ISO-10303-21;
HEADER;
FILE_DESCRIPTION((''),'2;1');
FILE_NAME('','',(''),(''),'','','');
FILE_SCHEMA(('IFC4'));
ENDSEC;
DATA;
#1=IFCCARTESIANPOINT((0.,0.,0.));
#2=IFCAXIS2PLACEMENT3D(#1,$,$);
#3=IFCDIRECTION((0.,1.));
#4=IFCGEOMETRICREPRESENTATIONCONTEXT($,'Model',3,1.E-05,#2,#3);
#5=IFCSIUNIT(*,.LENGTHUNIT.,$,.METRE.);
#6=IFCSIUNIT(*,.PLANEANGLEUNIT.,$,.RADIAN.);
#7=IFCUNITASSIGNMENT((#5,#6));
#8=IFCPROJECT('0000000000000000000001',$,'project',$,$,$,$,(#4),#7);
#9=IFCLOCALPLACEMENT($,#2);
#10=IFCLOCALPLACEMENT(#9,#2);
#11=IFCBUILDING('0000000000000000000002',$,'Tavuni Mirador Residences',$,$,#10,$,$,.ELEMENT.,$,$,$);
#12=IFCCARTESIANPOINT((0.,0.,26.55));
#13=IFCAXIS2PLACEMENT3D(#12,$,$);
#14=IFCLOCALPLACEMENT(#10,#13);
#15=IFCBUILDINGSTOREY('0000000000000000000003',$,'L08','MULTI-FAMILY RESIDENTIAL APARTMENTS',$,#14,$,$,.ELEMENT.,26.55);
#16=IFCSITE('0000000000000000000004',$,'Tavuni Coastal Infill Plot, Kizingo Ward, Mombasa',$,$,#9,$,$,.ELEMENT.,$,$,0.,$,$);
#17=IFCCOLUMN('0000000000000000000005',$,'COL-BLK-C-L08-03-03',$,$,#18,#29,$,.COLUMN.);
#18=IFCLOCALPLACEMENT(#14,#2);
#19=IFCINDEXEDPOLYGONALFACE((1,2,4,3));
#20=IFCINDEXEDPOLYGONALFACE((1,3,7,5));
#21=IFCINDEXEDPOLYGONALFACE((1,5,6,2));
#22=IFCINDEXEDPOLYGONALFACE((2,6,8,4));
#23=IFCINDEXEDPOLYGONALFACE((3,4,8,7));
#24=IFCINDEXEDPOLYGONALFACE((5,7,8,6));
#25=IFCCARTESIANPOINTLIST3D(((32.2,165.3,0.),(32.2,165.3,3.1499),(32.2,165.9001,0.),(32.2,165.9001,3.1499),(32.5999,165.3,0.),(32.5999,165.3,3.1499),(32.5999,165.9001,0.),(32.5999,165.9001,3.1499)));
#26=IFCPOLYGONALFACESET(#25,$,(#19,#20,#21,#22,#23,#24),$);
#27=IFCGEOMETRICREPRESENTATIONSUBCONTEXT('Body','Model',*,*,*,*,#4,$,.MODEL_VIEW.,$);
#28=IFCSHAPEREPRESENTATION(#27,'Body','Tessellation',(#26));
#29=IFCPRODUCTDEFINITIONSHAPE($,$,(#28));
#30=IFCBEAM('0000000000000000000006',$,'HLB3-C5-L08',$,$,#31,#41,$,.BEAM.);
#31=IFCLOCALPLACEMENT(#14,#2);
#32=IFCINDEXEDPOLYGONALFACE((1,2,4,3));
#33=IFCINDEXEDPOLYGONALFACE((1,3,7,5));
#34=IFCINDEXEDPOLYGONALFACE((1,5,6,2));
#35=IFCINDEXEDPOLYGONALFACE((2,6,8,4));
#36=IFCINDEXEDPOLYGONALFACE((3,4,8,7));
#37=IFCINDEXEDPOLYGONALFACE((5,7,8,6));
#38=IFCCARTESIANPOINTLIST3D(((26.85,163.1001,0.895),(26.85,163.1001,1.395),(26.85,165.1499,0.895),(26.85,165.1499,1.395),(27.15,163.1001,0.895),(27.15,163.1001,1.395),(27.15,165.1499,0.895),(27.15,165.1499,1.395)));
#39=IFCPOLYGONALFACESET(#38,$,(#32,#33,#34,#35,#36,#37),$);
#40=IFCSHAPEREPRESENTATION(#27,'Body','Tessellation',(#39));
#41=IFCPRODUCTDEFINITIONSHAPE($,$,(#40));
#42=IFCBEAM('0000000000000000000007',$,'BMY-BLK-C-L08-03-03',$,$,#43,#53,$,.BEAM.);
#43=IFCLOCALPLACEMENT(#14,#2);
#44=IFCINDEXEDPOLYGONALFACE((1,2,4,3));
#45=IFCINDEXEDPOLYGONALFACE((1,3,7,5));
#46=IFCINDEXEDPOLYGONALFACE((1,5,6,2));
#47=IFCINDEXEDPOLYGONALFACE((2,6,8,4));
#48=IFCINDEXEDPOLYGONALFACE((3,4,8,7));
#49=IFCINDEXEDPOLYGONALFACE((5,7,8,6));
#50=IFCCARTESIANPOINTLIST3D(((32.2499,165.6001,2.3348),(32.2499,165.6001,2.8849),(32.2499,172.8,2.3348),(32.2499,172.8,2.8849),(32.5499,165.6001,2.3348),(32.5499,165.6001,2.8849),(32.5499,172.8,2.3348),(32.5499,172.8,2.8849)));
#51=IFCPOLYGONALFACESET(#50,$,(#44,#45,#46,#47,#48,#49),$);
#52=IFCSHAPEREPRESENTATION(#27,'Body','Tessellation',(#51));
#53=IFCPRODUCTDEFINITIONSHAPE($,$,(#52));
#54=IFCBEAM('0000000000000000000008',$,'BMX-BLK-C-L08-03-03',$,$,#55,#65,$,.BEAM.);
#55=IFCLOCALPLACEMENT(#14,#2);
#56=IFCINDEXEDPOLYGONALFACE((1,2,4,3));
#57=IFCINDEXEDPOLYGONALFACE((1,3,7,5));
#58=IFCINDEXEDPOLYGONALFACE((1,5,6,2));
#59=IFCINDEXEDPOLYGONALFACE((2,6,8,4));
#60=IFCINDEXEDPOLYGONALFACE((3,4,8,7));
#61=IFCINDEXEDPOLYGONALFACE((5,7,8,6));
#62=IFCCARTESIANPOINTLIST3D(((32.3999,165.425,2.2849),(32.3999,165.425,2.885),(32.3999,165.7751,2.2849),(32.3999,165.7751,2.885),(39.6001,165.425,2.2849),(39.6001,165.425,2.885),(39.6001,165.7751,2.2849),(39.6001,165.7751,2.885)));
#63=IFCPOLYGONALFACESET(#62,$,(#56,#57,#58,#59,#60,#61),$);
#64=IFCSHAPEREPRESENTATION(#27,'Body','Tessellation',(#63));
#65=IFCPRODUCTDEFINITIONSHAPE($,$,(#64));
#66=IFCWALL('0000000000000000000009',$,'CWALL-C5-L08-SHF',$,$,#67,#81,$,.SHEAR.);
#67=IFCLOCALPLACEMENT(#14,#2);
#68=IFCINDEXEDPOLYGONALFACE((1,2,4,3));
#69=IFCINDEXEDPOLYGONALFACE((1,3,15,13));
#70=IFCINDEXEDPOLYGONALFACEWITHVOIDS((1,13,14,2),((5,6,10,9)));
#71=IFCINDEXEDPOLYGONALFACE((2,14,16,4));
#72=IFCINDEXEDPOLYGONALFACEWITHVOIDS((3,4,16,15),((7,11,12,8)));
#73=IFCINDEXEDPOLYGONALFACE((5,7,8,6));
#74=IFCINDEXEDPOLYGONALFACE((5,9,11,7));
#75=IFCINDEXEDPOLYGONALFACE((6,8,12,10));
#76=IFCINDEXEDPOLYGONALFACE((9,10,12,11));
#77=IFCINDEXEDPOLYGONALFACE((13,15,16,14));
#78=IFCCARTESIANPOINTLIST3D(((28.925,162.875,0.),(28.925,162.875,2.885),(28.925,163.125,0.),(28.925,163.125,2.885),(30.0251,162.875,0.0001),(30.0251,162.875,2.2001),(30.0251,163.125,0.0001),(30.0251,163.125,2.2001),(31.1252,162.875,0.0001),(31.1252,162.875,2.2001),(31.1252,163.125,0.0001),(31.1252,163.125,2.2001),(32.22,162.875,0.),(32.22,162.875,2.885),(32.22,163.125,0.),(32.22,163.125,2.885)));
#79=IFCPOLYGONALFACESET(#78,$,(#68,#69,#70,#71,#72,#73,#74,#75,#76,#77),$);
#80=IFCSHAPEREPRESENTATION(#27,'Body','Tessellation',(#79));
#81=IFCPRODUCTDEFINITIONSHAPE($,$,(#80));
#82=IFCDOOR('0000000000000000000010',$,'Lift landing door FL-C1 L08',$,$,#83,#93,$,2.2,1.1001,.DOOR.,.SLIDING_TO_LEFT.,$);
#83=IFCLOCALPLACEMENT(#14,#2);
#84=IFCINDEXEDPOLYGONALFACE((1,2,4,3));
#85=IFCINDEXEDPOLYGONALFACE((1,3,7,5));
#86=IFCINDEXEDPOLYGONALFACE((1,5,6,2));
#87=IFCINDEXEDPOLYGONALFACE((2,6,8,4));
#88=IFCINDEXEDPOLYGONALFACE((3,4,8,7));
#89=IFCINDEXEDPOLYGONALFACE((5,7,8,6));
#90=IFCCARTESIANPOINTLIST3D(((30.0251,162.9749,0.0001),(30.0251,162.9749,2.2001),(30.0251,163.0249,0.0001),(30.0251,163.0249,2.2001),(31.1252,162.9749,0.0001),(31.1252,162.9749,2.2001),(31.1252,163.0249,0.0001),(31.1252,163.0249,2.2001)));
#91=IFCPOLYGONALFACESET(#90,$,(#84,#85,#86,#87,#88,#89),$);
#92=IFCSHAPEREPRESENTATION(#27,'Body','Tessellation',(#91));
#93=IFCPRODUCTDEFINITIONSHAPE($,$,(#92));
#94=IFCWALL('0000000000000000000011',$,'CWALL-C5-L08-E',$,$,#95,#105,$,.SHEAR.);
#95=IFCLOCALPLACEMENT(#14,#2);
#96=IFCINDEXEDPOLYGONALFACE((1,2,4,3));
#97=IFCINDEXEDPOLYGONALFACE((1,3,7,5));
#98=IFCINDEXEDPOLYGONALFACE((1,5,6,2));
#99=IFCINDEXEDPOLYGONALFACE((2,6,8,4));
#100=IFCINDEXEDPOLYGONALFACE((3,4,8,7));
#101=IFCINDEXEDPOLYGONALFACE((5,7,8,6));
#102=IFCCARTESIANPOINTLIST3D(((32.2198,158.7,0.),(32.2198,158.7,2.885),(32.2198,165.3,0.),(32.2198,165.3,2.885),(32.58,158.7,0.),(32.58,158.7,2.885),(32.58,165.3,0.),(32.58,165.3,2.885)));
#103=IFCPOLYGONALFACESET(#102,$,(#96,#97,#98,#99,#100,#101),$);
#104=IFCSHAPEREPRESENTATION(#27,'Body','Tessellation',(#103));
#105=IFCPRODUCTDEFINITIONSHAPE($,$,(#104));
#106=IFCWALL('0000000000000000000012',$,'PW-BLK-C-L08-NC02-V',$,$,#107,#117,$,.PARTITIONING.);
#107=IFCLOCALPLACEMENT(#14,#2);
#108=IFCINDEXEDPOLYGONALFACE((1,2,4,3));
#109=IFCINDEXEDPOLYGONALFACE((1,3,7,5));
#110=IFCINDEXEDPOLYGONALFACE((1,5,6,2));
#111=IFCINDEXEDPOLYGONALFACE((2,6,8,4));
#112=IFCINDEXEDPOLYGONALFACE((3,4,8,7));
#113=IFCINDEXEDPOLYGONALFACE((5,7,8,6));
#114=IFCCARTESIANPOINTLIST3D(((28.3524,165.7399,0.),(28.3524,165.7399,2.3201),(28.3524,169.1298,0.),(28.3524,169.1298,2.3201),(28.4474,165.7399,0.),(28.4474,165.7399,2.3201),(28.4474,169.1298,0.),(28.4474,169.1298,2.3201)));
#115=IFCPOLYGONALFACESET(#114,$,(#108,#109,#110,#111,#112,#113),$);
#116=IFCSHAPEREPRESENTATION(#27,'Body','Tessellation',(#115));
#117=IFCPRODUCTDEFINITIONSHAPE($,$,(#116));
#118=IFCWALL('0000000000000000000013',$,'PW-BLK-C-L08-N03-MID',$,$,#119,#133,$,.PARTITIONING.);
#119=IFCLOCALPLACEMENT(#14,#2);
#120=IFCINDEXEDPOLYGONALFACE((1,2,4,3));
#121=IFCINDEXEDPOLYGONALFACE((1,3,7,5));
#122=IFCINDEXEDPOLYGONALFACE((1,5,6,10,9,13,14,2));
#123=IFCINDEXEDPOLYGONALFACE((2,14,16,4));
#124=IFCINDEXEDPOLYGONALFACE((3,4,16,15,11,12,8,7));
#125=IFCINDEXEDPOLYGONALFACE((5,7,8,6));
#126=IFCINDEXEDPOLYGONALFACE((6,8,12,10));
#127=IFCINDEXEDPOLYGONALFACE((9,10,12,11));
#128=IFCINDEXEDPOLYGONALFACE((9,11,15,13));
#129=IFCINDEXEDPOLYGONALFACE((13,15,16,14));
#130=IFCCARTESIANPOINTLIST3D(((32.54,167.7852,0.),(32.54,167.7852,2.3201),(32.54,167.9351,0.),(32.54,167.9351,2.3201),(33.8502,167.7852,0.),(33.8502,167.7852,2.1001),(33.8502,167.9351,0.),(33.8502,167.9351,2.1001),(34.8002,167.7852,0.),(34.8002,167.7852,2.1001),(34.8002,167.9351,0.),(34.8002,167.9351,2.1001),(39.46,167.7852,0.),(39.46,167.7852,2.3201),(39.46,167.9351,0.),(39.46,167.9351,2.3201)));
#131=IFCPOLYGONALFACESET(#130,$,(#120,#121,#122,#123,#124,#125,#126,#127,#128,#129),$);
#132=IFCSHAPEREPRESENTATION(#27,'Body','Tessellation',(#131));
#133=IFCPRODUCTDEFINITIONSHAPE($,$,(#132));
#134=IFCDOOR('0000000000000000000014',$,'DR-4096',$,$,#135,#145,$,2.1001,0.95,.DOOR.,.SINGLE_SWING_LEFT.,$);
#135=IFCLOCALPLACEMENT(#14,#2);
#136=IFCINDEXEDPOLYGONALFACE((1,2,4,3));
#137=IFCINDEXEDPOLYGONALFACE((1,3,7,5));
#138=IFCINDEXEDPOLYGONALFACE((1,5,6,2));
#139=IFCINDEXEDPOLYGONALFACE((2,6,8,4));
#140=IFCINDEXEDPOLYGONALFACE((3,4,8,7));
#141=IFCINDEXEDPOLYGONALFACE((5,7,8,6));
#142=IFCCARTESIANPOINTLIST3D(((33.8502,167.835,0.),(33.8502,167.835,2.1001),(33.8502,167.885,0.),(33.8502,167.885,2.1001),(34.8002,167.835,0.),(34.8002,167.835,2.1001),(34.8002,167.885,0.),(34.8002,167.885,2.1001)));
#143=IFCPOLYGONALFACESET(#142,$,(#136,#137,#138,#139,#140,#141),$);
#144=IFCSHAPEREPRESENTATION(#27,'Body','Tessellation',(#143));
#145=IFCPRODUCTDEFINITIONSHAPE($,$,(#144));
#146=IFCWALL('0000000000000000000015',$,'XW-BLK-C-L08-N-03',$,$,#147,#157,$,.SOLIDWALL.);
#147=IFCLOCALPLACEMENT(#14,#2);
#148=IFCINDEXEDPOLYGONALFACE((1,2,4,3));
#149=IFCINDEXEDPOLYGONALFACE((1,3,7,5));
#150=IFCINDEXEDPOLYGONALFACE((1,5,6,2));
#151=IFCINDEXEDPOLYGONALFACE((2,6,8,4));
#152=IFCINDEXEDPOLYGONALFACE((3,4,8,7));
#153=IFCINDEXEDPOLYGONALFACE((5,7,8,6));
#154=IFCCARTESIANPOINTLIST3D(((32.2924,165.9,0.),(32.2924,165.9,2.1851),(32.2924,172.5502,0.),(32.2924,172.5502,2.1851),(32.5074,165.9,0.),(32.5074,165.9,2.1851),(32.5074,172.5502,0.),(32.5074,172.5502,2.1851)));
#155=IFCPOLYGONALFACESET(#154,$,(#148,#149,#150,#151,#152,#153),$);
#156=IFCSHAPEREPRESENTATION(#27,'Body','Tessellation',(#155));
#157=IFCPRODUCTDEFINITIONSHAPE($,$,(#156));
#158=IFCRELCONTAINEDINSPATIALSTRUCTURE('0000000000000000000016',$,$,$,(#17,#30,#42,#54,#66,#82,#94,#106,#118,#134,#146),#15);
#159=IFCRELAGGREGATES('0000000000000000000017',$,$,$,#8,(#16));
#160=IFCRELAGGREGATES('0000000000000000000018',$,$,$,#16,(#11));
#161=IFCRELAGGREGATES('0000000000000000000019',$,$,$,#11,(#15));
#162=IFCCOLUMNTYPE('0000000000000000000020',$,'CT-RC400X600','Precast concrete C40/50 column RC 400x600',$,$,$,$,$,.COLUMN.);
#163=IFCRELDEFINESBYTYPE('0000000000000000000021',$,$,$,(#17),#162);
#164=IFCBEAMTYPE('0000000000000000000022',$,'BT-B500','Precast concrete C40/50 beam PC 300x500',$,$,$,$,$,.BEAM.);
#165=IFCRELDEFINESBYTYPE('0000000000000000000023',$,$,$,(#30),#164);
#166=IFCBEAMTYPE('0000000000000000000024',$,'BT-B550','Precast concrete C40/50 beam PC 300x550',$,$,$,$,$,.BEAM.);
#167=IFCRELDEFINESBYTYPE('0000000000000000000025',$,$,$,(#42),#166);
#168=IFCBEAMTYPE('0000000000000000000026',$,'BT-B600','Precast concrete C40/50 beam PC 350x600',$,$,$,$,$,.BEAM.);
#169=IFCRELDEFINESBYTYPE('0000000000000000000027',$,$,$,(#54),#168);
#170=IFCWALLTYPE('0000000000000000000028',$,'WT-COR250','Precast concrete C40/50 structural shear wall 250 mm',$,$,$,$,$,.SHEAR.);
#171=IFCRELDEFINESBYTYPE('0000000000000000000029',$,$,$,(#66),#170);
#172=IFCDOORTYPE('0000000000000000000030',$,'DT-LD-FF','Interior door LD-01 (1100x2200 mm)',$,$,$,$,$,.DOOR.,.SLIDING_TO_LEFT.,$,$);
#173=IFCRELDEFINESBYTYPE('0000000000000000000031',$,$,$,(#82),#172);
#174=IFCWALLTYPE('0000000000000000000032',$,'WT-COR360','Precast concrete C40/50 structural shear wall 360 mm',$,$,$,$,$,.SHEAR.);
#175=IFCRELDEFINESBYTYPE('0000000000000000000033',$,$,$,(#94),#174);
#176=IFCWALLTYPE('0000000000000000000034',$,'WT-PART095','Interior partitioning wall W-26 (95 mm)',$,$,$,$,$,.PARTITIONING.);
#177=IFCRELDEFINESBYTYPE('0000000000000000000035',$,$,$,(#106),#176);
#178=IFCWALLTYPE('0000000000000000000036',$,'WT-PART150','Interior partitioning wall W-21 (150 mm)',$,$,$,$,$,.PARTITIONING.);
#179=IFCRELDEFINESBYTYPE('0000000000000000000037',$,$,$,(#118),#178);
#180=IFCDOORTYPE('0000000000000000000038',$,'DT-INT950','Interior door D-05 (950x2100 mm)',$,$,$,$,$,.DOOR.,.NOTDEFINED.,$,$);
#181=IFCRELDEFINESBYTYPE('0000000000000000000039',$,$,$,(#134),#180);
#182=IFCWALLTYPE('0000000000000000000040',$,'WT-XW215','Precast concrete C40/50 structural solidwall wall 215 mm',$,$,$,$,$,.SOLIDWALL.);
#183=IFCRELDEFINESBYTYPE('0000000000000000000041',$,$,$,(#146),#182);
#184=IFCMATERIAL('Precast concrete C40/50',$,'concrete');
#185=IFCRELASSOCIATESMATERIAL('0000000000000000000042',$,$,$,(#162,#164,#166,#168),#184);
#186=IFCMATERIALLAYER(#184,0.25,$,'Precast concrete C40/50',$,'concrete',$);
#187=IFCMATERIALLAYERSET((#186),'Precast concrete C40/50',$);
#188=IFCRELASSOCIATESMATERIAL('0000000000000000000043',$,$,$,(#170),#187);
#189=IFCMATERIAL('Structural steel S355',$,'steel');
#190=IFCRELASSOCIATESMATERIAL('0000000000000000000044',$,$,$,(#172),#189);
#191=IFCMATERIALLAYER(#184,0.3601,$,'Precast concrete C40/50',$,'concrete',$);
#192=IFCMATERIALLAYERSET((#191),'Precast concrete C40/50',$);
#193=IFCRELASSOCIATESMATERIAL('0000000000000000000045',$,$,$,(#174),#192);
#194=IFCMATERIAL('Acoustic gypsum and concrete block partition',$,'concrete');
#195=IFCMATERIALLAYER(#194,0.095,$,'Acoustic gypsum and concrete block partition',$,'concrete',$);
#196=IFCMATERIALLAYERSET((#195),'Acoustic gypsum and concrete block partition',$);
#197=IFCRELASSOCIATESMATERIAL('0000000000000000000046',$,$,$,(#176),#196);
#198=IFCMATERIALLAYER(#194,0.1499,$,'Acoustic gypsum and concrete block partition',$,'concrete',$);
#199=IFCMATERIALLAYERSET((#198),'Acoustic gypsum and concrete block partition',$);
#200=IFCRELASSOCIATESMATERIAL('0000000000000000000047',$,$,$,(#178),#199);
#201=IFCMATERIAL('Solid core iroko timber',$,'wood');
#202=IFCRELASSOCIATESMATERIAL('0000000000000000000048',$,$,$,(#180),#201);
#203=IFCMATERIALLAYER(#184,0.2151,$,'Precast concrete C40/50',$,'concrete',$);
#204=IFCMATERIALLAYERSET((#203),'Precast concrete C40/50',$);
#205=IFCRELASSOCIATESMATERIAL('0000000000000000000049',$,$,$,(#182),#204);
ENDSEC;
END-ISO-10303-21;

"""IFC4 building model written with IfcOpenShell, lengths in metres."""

from ifc_helpers import new_model, si_unit, direction, frame, frame_2d, origin, origin_2d, place, context, subcontext, project, spatial, rectangle, extrude, material, layer, layer_set, material_profile, profile_set, type_object, element, fill, save


model = new_model("IFC4")

# Units and contexts
model_context = context("Model", 3, precision=1e-05, world=origin(), true_north=direction((0.0, 1.0)))
body_context = subcontext(model_context, "Body", "Model", "MODEL_VIEW")
ifc_project = project(units=[si_unit("LENGTHUNIT", "METRE"), si_unit("PLANEANGLEUNIT", "RADIAN")], contexts=[model_context])

# Site, building, storey
site_placement = place(None, origin())
site = spatial("IfcSite", under=ifc_project, at=site_placement, Name="Tavuni Coastal Infill Plot, Kizingo Ward, Mombasa", CompositionType="ELEMENT", RefElevation=0.0)
building_placement = place(site_placement, origin())
building = spatial("IfcBuilding", under=site, at=building_placement, Name="Tavuni Mirador Residences", CompositionType="ELEMENT")
storey_placement = place(building_placement, frame((0.0, 0.0, 26.55)))
storey = spatial("IfcBuildingStorey", under=building, at=storey_placement, Name="L08", Description="MULTI-FAMILY RESIDENTIAL APARTMENTS", CompositionType="ELEMENT", Elevation=26.55)

# Column
ifc_material_1 = material(Name="Precast concrete C40/50", Category="concrete")
ifc_material_profile_1 = material_profile(ifc_material_1, rectangle(XDim=0.3999, YDim=0.6001, at=origin_2d()), Name="RC 400x600", Category="concrete")
ifc_profile_set_1 = profile_set([ifc_material_profile_1], Name="Precast concrete C40/50")
column_type = type_object("IfcColumnType", Name="CT-RC400X600", Description="Precast concrete C40/50 column RC 400x600", PredefinedType="COLUMN", material=ifc_profile_set_1)
column_placement = place(storey_placement, frame((32.3999, 165.6001, 0.0), z_axis=(0.0, 0.0, 1.0), x_axis=(1.0, 0.0, 0.0)))
element("IfcColumn", 1, at=column_placement, inside=storey, type_object=column_type, Name="COL-BLK-C-L08-03-03", PredefinedType="COLUMN", context=body_context, shape_type="SweptSolid", body=[
    extrude(rectangle(XDim=0.3999, YDim=0.6001, at=origin_2d()), origin(), (0.0, 0.0, 1.0), 3.1499),
])

# Beams
ifc_material_profile_2 = material_profile(ifc_material_1, rectangle(XDim=0.3, YDim=0.5, at=origin_2d()), Name="PC 300x500", Category="concrete")
ifc_profile_set_2 = profile_set([ifc_material_profile_2], Name="Precast concrete C40/50")
beam_type_1 = type_object("IfcBeamType", Name="BT-B500", Description="Precast concrete C40/50 beam PC 300x500", PredefinedType="BEAM", material=ifc_profile_set_2)
beam_1_placement = place(storey_placement, frame((27.0, 163.1001, 1.145), z_axis=(0.0, 1.0, 0.0), x_axis=(-1.0, 0.0, 0.0)))
element("IfcBeam", 2, at=beam_1_placement, inside=storey, type_object=beam_type_1, Name="HLB3-C5-L08", PredefinedType="BEAM", context=body_context, shape_type="SweptSolid", body=[
    extrude(rectangle(XDim=0.3, YDim=0.5, at=origin_2d()), origin(), (0.0, 0.0, 1.0), 2.0498),
])
ifc_material_profile_3 = material_profile(ifc_material_1, rectangle(XDim=0.3, YDim=0.55, at=origin_2d()), Name="PC 300x550", Category="concrete")
ifc_profile_set_3 = profile_set([ifc_material_profile_3], Name="Precast concrete C40/50")
beam_type_2 = type_object("IfcBeamType", Name="BT-B550", Description="Precast concrete C40/50 beam PC 300x550", PredefinedType="BEAM", material=ifc_profile_set_3)
beam_2_placement = place(storey_placement, frame((32.3999, 165.6001, 2.6099), z_axis=(0.0, 1.0, 0.0), x_axis=(-1.0, 0.0, 0.0)))
element("IfcBeam", 3, at=beam_2_placement, inside=storey, type_object=beam_type_2, Name="BMY-BLK-C-L08-03-03", PredefinedType="BEAM", context=body_context, shape_type="SweptSolid", body=[
    extrude(rectangle(XDim=0.3, YDim=0.55, at=origin_2d()), origin(), (0.0, 0.0, 1.0), 7.2),
])
ifc_material_profile_4 = material_profile(ifc_material_1, rectangle(XDim=0.3501, YDim=0.6001, at=origin_2d()), Name="PC 350x600", Category="concrete")
ifc_profile_set_4 = profile_set([ifc_material_profile_4], Name="Precast concrete C40/50")
beam_type_3 = type_object("IfcBeamType", Name="BT-B600", Description="Precast concrete C40/50 beam PC 350x600", PredefinedType="BEAM", material=ifc_profile_set_4)
beam_3_placement = place(storey_placement, frame((32.3999, 165.6001, 2.585), z_axis=(1.0, 0.0, 0.0), x_axis=(0.0, 1.0, 0.0)))
element("IfcBeam", 4, at=beam_3_placement, inside=storey, type_object=beam_type_3, Name="BMX-BLK-C-L08-03-03", PredefinedType="BEAM", context=body_context, shape_type="SweptSolid", body=[
    extrude(rectangle(XDim=0.3501, YDim=0.6001, at=origin_2d()), origin(), (0.0, 0.0, 1.0), 7.2002),
])

# Wall, opening, door
ifc_layer_1 = layer(ifc_material_1, 0.25, Name="Precast concrete C40/50", Category="concrete")
ifc_layer_set_1 = layer_set([ifc_layer_1], Name="Precast concrete C40/50")
wall_type_1 = type_object("IfcWallType", Name="WT-COR250", Description="Precast concrete C40/50 structural shear wall 250 mm", PredefinedType="SHEAR", material=ifc_layer_set_1)
ifc_material_2 = material(Name="Solid core iroko timber", Category="wood")
wall_1_placement = place(storey_placement, frame((28.925, 163.0, 0.0), z_axis=(0.0, 0.0, 1.0), x_axis=(1.0, 0.0, 0.0)))
wall_1 = element("IfcWall", 5, at=wall_1_placement, inside=storey, type_object=wall_type_1, Name="CWALL-C5-L08-SHF", PredefinedType="SHEAR", context=body_context, shape_type="SweptSolid", body=[
    extrude(rectangle(XDim=3.2949, YDim=0.25, at=frame_2d((1.6475, 0.0))), origin(), (0.0, 0.0, 1.0), 2.885),
])
opening_1_placement = place(wall_1_placement, frame((1.1001, 0.0, 0.0)))
opening_1 = element("IfcOpeningElement", 6, at=opening_1_placement, cuts=wall_1, PredefinedType="OPENING", context=body_context, shape_type="SweptSolid", body=[
    extrude(rectangle(XDim=1.1001, YDim=2.2, at=frame_2d((0.55, 1.1001))), frame((0.0, 0.135, 0.0), z_axis=(0.0, -1.0, 0.0), x_axis=(1.0, 0.0, 0.0)), (0.0, 0.0, 1.0), 0.27),
])
ifc_material_3 = material(Name="Structural steel S355", Category="steel")
door_type_1 = type_object("IfcDoorType", Name="DT-LD-FF", Description="Interior door LD-01 (1100x2200 mm)", OperationType="SLIDING_TO_LEFT", PredefinedType="DOOR", material=ifc_material_3)
door_1_placement = place(opening_1_placement, origin())
door_1 = element("IfcDoor", 7, at=door_1_placement, inside=storey, type_object=door_type_1, Name="Lift landing door FL-C1 L08", OperationType="SLIDING_TO_LEFT", OverallHeight=2.2, OverallWidth=1.1001, PredefinedType="DOOR", context=body_context, shape_type="SweptSolid", body=[
    extrude(rectangle(XDim=1.1001, YDim=2.2, at=frame_2d((0.55, 1.1001))), frame((0.0, 0.0249, 0.0), z_axis=(0.0, -1.0, 0.0), x_axis=(1.0, 0.0, 0.0)), (0.0, 0.0, 1.0), 0.05),
])
fill(opening_1, door_1)

# Wall
ifc_layer_2 = layer(ifc_material_1, 0.3601, Name="Precast concrete C40/50", Category="concrete")
ifc_layer_set_2 = layer_set([ifc_layer_2], Name="Precast concrete C40/50")
wall_type_2 = type_object("IfcWallType", Name="WT-COR360", Description="Precast concrete C40/50 structural shear wall 360 mm", PredefinedType="SHEAR", material=ifc_layer_set_2)
wall_2_placement = place(storey_placement, frame((32.3999, 158.7, 0.0), z_axis=(0.0, 0.0, 1.0), x_axis=(0.0, 1.0, 0.0)))
element("IfcWall", 8, at=wall_2_placement, inside=storey, type_object=wall_type_2, Name="CWALL-C5-L08-E", PredefinedType="SHEAR", context=body_context, shape_type="SweptSolid", body=[
    extrude(rectangle(XDim=6.6001, YDim=0.3601, at=frame_2d((3.3, 0.0))), origin(), (0.0, 0.0, 1.0), 2.885),
])

# Wall
ifc_material_4 = material(Name="Acoustic gypsum and concrete block partition", Category="concrete")
ifc_layer_3 = layer(ifc_material_4, 0.095, Name="Acoustic gypsum and concrete block partition", Category="concrete")
ifc_layer_set_3 = layer_set([ifc_layer_3], Name="Acoustic gypsum and concrete block partition")
wall_type_3 = type_object("IfcWallType", Name="WT-PART095", Description="Interior partitioning wall W-26 (95 mm)", PredefinedType="PARTITIONING", material=ifc_layer_set_3)
wall_3_placement = place(storey_placement, frame((28.3999, 165.74, 0.0), z_axis=(0.0, 0.0, 1.0), x_axis=(0.0, 1.0, 0.0)))
element("IfcWall", 9, at=wall_3_placement, inside=storey, type_object=wall_type_3, Name="PW-BLK-C-L08-NC02-V", PredefinedType="PARTITIONING", context=body_context, shape_type="SweptSolid", body=[
    extrude(rectangle(XDim=3.3899, YDim=0.095, at=frame_2d((1.6948, 0.0))), origin(), (0.0, 0.0, 1.0), 2.3201),
])

# Wall, opening, door
ifc_layer_4 = layer(ifc_material_4, 0.1499, Name="Acoustic gypsum and concrete block partition", Category="concrete")
ifc_layer_set_4 = layer_set([ifc_layer_4], Name="Acoustic gypsum and concrete block partition")
wall_type_4 = type_object("IfcWallType", Name="WT-PART150", Description="Interior partitioning wall W-21 (150 mm)", PredefinedType="PARTITIONING", material=ifc_layer_set_4)
wall_4_placement = place(storey_placement, frame((32.54, 167.8601, 0.0), z_axis=(0.0, 0.0, 1.0), x_axis=(1.0, 0.0, 0.0)))
wall_4 = element("IfcWall", 10, at=wall_4_placement, inside=storey, type_object=wall_type_4, Name="PW-BLK-C-L08-N03-MID", PredefinedType="PARTITIONING", context=body_context, shape_type="SweptSolid", body=[
    extrude(rectangle(XDim=6.9199, YDim=0.1499, at=frame_2d((3.46, 0.0))), origin(), (0.0, 0.0, 1.0), 2.3201),
])
opening_2_placement = place(wall_4_placement, frame((1.3101, 0.0, 0.0)))
opening_2 = element("IfcOpeningElement", 11, at=opening_2_placement, cuts=wall_4, PredefinedType="OPENING", context=body_context, shape_type="SweptSolid", body=[
    extrude(rectangle(XDim=0.95, YDim=2.1001, at=frame_2d((0.4751, 1.05))), frame((0.0, 0.085, 0.0), z_axis=(0.0, -1.0, 0.0), x_axis=(1.0, 0.0, 0.0)), (0.0, 0.0, 1.0), 0.1699),
])
door_type_2 = type_object("IfcDoorType", Name="DT-INT950", Description="Interior door D-05 (950x2100 mm)", OperationType="NOTDEFINED", PredefinedType="DOOR", material=ifc_material_2)
door_2_placement = place(opening_2_placement, origin())
door_2 = element("IfcDoor", 12, at=door_2_placement, inside=storey, type_object=door_type_2, Name="DR-4096", OperationType="SINGLE_SWING_LEFT", OverallHeight=2.1001, OverallWidth=0.95, PredefinedType="DOOR", context=body_context, shape_type="SweptSolid", body=[
    extrude(rectangle(XDim=0.95, YDim=2.1001, at=frame_2d((0.4751, 1.05))), frame((0.0, 0.0249, 0.0), z_axis=(0.0, -1.0, 0.0), x_axis=(1.0, 0.0, 0.0)), (0.0, 0.0, 1.0), 0.05),
])
fill(opening_2, door_2)

# Wall
ifc_layer_5 = layer(ifc_material_1, 0.2151, Name="Precast concrete C40/50", Category="concrete")
ifc_layer_set_5 = layer_set([ifc_layer_5], Name="Precast concrete C40/50")
wall_type_5 = type_object("IfcWallType", Name="WT-XW215", Description="Precast concrete C40/50 structural solidwall wall 215 mm", PredefinedType="SOLIDWALL", material=ifc_layer_set_5)
wall_5_placement = place(storey_placement, frame((32.3999, 165.8999, 0.0), z_axis=(0.0, 0.0, 1.0), x_axis=(0.0, 1.0, 0.0)))
element("IfcWall", 13, at=wall_5_placement, inside=storey, type_object=wall_type_5, Name="XW-BLK-C-L08-N-03", PredefinedType="SOLIDWALL", context=body_context, shape_type="SweptSolid", body=[
    extrude(rectangle(XDim=6.6501, YDim=0.2151, at=frame_2d((3.3252, 0.0))), origin(), (0.0, 0.0, 1.0), 2.1851),
])

save(model, "model.ifc")
